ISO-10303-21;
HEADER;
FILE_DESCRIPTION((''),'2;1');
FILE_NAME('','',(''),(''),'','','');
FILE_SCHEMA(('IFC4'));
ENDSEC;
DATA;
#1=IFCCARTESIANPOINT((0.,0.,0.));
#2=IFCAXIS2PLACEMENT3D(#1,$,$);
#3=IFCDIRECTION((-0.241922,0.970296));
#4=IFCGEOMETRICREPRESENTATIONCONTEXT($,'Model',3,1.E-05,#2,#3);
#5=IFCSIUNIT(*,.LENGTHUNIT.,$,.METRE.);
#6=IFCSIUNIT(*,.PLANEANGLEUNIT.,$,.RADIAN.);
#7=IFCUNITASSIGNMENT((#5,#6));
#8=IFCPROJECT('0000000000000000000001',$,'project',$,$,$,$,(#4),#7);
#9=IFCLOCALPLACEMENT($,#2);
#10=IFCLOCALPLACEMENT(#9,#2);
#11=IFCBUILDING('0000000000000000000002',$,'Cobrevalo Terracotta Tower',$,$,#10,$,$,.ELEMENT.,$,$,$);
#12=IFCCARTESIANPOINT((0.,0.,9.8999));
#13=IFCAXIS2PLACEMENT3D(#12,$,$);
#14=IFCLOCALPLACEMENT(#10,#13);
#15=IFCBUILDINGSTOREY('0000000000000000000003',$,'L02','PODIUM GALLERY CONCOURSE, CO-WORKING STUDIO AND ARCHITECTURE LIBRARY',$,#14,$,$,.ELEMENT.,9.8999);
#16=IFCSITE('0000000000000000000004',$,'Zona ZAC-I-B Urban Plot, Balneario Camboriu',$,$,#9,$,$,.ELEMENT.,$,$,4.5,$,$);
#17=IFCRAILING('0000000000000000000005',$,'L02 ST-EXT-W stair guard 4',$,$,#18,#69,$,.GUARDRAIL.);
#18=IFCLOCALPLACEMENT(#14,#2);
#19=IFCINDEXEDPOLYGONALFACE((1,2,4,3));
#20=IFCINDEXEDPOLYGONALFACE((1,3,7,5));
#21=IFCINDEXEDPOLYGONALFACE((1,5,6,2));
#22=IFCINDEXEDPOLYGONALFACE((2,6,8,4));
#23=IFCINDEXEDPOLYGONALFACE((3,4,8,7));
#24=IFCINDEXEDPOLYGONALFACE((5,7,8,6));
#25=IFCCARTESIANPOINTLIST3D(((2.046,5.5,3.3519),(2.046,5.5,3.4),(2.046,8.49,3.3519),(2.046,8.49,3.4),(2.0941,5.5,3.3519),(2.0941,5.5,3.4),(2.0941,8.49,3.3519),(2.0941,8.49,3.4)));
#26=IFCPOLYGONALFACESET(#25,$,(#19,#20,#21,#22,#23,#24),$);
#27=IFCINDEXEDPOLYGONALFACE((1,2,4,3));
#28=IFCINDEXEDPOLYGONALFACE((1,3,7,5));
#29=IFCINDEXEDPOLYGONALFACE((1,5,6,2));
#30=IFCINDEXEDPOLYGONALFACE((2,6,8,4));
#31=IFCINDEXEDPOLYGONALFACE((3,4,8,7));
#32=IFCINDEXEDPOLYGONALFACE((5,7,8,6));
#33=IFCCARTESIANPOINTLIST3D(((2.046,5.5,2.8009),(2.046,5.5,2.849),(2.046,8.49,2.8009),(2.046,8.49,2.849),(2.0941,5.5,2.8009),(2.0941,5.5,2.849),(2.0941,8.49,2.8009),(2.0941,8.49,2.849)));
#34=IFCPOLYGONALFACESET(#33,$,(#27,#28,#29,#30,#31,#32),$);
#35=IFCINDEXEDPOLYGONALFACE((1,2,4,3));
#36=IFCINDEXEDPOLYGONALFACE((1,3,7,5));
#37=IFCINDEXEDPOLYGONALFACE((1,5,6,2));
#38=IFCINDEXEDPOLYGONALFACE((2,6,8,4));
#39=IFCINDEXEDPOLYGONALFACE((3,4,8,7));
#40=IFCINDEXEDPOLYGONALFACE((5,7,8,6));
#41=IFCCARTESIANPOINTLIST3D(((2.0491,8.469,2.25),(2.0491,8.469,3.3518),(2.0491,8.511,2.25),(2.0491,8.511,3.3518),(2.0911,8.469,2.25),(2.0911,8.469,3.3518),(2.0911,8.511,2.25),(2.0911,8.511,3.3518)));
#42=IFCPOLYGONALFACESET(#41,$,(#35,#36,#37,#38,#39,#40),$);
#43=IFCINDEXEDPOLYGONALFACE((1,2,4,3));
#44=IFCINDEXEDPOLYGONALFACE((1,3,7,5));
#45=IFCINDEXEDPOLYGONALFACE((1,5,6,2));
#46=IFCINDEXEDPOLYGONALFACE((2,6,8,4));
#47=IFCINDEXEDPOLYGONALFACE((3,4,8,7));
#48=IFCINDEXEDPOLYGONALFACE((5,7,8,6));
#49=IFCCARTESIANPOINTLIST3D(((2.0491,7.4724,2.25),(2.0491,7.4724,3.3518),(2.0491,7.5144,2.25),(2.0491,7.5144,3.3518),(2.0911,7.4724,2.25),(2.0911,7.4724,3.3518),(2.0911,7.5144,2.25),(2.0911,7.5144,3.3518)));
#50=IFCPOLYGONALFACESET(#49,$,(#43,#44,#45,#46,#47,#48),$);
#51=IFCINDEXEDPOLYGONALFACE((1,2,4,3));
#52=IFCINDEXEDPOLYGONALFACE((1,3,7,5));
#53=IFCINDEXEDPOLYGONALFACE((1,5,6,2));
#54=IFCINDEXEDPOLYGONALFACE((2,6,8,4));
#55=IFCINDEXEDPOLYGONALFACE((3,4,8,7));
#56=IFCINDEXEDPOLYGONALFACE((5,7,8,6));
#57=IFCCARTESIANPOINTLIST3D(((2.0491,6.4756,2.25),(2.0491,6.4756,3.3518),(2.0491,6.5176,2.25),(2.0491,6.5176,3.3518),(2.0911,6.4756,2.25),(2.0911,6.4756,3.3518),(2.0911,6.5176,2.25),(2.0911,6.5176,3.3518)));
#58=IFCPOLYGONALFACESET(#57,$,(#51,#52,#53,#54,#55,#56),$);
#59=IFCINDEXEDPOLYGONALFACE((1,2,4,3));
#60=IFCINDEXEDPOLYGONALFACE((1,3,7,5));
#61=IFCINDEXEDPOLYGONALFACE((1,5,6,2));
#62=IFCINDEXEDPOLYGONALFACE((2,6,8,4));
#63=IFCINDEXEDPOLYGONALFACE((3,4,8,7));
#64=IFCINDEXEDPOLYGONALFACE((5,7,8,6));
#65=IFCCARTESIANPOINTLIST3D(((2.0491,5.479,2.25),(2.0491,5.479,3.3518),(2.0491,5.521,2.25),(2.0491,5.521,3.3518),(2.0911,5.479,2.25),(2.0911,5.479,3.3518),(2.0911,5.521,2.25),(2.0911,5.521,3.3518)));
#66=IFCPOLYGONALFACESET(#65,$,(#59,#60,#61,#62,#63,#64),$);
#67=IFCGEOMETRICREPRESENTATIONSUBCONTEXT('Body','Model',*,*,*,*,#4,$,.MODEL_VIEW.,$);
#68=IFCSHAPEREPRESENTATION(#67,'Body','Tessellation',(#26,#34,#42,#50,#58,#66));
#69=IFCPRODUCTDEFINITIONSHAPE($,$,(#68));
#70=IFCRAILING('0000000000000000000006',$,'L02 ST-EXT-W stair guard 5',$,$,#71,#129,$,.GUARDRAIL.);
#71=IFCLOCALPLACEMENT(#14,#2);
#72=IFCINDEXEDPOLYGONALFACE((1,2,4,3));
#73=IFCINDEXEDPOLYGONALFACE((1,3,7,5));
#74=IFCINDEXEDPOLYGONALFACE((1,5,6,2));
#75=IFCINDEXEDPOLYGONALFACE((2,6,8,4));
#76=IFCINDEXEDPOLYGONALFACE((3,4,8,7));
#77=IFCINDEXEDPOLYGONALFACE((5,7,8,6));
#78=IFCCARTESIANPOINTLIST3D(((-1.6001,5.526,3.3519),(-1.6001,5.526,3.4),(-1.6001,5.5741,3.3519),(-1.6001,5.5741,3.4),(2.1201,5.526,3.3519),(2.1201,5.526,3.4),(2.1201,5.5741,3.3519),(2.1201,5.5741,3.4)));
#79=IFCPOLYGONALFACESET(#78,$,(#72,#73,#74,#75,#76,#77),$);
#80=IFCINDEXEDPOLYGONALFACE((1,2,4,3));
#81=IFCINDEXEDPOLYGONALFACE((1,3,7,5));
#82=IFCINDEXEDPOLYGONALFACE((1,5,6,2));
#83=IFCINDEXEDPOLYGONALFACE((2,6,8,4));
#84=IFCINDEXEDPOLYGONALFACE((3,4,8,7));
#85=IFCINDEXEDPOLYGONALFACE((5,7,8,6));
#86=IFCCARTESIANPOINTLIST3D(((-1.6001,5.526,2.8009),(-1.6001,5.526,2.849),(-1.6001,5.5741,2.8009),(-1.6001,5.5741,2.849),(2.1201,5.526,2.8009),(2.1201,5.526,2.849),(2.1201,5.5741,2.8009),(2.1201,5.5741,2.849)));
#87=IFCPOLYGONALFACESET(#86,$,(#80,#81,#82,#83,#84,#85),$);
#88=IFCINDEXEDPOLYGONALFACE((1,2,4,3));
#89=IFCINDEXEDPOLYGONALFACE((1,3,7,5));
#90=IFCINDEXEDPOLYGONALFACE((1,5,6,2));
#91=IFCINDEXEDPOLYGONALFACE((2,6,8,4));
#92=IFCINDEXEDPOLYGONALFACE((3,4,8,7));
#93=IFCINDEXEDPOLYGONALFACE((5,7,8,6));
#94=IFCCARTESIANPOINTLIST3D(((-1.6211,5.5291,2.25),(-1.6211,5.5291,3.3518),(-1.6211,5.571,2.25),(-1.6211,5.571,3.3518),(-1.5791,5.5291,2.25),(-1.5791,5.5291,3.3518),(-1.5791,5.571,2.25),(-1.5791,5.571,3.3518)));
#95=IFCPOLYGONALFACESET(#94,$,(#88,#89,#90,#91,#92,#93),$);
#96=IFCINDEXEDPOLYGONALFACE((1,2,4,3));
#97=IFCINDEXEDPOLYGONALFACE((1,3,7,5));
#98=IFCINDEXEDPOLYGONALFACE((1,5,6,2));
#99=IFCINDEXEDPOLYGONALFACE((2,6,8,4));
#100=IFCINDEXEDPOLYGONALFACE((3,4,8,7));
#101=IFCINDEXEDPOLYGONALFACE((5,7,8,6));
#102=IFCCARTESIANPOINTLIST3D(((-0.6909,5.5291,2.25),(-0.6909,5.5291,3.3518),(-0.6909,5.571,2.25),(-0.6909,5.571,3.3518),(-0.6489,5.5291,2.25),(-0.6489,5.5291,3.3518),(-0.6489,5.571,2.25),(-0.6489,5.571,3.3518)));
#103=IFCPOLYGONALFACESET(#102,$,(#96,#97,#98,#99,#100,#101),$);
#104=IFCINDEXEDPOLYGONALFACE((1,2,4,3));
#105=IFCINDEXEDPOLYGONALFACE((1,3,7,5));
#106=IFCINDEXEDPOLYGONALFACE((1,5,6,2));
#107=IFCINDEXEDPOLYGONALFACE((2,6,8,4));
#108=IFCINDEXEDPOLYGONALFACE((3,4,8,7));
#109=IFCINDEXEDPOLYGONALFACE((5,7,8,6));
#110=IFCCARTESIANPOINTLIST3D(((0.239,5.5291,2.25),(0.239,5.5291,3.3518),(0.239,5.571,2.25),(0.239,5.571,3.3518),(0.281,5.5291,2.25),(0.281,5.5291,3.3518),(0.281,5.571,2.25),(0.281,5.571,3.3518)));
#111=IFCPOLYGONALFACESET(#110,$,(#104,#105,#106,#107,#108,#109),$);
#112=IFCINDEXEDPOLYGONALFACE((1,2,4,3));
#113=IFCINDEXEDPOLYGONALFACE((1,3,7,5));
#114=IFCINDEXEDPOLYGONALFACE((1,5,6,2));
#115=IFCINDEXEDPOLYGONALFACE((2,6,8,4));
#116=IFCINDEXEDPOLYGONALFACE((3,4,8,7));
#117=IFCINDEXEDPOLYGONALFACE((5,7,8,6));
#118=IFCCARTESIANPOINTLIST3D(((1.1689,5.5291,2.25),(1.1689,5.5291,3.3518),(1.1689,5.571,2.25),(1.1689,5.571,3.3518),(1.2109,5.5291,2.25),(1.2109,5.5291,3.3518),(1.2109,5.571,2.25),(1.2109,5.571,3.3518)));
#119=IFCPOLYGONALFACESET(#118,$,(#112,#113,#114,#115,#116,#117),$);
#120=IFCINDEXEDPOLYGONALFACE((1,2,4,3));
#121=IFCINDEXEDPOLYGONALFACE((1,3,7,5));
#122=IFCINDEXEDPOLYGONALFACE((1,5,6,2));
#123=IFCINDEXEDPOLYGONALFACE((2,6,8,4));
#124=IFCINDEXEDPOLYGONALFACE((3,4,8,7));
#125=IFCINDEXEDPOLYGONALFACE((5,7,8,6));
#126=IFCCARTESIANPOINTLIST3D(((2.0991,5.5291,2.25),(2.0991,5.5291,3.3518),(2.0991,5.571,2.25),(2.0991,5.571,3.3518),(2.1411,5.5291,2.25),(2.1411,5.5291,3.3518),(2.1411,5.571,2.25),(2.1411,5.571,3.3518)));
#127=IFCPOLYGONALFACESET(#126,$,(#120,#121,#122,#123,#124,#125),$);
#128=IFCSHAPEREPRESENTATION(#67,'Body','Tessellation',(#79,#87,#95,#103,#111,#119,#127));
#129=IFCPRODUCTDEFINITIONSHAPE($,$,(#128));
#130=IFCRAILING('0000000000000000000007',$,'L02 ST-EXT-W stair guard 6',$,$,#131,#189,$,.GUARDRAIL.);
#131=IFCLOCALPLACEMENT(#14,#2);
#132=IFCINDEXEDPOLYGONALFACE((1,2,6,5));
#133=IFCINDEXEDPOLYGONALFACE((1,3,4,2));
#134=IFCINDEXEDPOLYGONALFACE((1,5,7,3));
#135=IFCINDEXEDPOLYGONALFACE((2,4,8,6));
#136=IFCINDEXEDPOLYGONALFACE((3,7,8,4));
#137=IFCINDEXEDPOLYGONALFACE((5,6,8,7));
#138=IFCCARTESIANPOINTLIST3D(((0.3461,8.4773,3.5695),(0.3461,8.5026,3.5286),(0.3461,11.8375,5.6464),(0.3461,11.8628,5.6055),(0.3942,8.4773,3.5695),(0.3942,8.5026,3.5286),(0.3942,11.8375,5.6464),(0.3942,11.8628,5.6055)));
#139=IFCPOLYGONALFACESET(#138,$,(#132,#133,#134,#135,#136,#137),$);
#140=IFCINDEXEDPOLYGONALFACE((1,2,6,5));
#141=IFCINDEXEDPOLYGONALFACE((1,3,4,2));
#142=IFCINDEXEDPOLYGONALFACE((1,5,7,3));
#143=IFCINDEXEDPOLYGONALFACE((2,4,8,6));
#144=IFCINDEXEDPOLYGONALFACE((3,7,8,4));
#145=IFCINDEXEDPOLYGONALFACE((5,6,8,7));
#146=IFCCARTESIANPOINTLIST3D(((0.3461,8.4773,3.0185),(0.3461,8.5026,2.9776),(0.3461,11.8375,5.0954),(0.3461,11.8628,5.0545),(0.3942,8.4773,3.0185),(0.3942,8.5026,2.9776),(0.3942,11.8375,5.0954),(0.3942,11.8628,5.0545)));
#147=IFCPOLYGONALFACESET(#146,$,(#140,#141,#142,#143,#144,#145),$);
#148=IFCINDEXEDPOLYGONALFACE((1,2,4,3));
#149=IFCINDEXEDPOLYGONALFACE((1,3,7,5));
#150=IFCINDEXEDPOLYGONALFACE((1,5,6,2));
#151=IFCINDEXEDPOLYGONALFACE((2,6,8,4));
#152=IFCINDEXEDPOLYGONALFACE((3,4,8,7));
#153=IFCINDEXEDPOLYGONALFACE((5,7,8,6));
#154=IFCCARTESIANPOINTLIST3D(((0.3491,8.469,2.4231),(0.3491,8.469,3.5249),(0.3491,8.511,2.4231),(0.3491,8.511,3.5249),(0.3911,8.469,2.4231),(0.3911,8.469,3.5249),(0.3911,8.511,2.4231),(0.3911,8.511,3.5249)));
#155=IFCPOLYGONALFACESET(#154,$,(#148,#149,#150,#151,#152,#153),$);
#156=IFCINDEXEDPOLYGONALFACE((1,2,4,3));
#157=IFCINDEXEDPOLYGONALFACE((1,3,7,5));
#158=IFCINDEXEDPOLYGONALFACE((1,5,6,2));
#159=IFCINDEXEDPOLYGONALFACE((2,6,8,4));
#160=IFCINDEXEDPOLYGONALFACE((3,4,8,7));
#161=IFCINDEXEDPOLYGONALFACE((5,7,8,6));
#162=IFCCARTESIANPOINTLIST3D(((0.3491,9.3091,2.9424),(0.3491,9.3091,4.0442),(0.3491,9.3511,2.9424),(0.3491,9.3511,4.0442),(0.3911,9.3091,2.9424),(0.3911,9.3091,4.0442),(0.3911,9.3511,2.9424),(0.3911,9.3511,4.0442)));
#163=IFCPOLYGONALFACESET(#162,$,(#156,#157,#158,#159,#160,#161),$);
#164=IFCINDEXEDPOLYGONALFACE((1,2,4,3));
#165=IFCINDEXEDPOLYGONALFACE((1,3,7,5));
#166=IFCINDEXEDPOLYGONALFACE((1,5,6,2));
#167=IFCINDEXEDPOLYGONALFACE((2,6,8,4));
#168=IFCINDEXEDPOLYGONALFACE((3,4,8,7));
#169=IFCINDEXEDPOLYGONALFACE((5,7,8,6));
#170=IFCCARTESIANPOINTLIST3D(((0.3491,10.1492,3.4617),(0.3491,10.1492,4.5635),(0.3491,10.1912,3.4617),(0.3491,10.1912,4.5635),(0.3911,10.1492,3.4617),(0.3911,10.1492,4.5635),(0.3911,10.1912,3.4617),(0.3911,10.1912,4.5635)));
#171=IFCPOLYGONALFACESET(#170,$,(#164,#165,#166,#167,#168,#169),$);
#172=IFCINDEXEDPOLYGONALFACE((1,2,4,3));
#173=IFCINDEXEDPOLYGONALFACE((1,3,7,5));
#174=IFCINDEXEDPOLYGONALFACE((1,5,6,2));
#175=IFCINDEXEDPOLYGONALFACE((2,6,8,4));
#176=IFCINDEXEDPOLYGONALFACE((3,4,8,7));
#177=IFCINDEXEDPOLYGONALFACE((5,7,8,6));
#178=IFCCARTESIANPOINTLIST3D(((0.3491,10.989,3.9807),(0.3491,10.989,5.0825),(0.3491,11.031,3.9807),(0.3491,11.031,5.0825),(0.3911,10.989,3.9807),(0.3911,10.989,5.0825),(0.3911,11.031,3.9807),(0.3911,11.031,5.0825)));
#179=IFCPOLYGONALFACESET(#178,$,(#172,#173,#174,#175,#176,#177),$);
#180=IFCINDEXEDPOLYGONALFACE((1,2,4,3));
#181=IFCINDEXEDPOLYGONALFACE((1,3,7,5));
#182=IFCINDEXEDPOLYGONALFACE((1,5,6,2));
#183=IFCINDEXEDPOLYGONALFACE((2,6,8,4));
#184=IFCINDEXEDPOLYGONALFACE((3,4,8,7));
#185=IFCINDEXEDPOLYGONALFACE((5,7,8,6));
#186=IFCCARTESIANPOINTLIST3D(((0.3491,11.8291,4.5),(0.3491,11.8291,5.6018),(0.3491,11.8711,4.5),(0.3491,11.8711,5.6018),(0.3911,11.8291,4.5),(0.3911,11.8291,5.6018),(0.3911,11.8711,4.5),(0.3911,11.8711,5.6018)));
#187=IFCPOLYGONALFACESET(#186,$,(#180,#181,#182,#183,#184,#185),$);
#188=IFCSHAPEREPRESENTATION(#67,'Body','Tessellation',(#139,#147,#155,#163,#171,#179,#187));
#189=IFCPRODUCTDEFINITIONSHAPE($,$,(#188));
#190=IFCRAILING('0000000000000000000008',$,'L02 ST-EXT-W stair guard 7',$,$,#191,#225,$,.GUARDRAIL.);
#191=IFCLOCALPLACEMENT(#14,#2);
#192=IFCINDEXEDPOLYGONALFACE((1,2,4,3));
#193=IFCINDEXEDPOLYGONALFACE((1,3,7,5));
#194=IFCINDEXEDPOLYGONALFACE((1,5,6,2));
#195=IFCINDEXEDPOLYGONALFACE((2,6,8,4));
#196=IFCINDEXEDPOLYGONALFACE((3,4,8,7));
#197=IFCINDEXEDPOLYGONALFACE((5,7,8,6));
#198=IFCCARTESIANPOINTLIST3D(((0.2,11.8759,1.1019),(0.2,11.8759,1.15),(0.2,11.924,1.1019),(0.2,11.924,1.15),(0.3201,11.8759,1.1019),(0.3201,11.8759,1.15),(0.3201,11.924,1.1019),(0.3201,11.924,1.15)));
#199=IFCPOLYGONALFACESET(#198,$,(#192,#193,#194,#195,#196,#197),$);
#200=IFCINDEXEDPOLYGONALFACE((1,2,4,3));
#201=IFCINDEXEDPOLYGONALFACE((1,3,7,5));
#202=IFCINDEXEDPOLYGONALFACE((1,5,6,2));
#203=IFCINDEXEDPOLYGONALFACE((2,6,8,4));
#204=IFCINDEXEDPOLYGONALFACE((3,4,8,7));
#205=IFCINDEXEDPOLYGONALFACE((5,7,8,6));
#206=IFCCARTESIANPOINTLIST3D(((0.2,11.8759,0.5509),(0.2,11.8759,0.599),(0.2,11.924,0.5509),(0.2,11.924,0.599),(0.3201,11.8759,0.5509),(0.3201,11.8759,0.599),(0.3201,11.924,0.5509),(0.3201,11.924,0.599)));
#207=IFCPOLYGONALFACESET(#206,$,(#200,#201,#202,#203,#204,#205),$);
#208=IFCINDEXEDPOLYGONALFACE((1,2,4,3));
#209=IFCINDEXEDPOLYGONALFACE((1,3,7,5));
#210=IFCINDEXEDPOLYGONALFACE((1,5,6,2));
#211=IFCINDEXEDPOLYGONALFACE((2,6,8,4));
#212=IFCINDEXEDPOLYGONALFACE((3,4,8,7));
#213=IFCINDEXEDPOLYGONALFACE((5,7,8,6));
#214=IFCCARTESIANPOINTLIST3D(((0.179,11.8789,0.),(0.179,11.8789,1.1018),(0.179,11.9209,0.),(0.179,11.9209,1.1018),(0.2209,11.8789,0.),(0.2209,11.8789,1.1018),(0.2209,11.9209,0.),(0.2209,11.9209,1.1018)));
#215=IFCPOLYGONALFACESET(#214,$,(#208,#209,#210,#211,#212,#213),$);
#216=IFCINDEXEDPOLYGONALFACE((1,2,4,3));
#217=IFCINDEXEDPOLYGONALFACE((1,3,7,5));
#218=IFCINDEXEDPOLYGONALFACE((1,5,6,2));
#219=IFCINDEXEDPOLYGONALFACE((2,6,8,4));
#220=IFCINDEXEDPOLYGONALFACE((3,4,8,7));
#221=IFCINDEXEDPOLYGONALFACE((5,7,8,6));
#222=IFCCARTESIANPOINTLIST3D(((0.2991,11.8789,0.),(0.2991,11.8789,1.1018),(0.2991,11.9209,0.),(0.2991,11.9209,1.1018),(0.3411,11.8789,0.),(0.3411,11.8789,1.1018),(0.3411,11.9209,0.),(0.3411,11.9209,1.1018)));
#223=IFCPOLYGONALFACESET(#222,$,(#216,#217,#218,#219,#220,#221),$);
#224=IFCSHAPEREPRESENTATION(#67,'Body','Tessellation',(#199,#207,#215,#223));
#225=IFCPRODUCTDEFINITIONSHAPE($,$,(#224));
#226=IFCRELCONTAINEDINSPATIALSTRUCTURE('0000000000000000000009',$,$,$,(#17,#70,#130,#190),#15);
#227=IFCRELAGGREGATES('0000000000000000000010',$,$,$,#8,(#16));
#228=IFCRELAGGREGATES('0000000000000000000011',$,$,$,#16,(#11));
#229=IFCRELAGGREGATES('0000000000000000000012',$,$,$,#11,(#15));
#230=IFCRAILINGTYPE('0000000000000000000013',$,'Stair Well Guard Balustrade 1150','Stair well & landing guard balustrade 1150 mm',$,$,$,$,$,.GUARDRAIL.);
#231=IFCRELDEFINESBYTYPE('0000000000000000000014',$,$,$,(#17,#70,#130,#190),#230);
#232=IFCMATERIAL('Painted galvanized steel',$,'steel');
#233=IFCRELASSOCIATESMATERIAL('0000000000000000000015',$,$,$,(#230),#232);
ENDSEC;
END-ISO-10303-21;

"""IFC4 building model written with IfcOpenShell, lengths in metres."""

from ifc_helpers import new_model, si_unit, direction, frame, origin, origin_2d, place, context, subcontext, project, spatial, rectangle, extrude, material, type_object, element, save


model = new_model("IFC4")

# Units and contexts
model_context = context("Model", 3, precision=1e-05, world=origin(), true_north=direction((-0.241922, 0.970296)))
body_context = subcontext(model_context, "Body", "Model", "MODEL_VIEW")
ifc_project = project(units=[si_unit("LENGTHUNIT", "METRE"), si_unit("PLANEANGLEUNIT", "RADIAN")], contexts=[model_context])

# Site, building, storey
site_placement = place(None, origin())
site = spatial("IfcSite", under=ifc_project, at=site_placement, Name="Zona ZAC-I-B Urban Plot, Balneario Camboriu", CompositionType="ELEMENT", RefElevation=4.5)
building_placement = place(site_placement, origin())
building = spatial("IfcBuilding", under=site, at=building_placement, Name="Cobrevalo Terracotta Tower", CompositionType="ELEMENT")
storey_placement = place(building_placement, frame((0.0, 0.0, 9.8999)))
storey = spatial("IfcBuildingStorey", under=building, at=storey_placement, Name="L02", Description="PODIUM GALLERY CONCOURSE, CO-WORKING STUDIO AND ARCHITECTURE LIBRARY", CompositionType="ELEMENT", Elevation=9.8999)

# Railings
ifc_material_1 = material(Name="Painted galvanized steel", Category="steel")
railing_type_1 = type_object("IfcRailingType", Name="Stair Well Guard Balustrade 1150", Description="Stair well & landing guard balustrade 1150 mm", PredefinedType="GUARDRAIL", material=ifc_material_1)
for number, where, name in (
    (1, (2.0701, 8.49, 2.25), "L02 ST-EXT-W stair guard 4"),
):
    element("IfcRailing", number, at=place(storey_placement, frame(where)), inside=storey, type_object=railing_type_1, Name=name, PredefinedType="GUARDRAIL", context=body_context, shape_type="SweptSolid", body=[
        extrude(rectangle(XDim=0.0481, YDim=0.0481, at=origin_2d()), frame((0.0, 0.0, 1.126), z_axis=(0.0, -1.0, 0.0), x_axis=(1.0, 0.0, 0.0)), (0.0, 0.0, 1.0), 2.99),
        extrude(rectangle(XDim=0.0481, YDim=0.0481, at=origin_2d()), frame((0.0, 0.0, 0.575), z_axis=(0.0, -1.0, 0.0), x_axis=(1.0, 0.0, 0.0)), (0.0, 0.0, 1.0), 2.99),
        extrude(rectangle(XDim=0.042, YDim=0.042, at=origin_2d()), origin(), (0.0, 0.0, 1.0), 1.1018),
        extrude(rectangle(XDim=0.042, YDim=0.042, at=origin_2d()), frame((0.0, -0.9966, 0.0)), (0.0, 0.0, 1.0), 1.1018),
        extrude(rectangle(XDim=0.042, YDim=0.042, at=origin_2d()), frame((0.0, -1.9934, 0.0)), (0.0, 0.0, 1.0), 1.1018),
        extrude(rectangle(XDim=0.042, YDim=0.042, at=origin_2d()), frame((0.0, -2.99, 0.0)), (0.0, 0.0, 1.0), 1.1018),
    ])
railing_1_placement = place(storey_placement, frame((-1.6001, 5.55, 2.25)))
element("IfcRailing", 2, at=railing_1_placement, inside=storey, type_object=railing_type_1, Name="L02 ST-EXT-W stair guard 5", PredefinedType="GUARDRAIL", context=body_context, shape_type="SweptSolid", body=[
    extrude(rectangle(XDim=0.0481, YDim=0.0481, at=origin_2d()), frame((0.0, 0.0, 1.126), z_axis=(1.0, 0.0, 0.0), x_axis=(0.0, 1.0, 0.0)), (0.0, 0.0, 1.0), 3.7202),
    extrude(rectangle(XDim=0.0481, YDim=0.0481, at=origin_2d()), frame((0.0, 0.0, 0.575), z_axis=(1.0, 0.0, 0.0), x_axis=(0.0, 1.0, 0.0)), (0.0, 0.0, 1.0), 3.7202),
    extrude(rectangle(XDim=0.042, YDim=0.042, at=origin_2d()), origin(), (0.0, 0.0, 1.0), 1.1018),
    extrude(rectangle(XDim=0.042, YDim=0.042, at=origin_2d()), frame((0.9302, 0.0, 0.0)), (0.0, 0.0, 1.0), 1.1018),
    extrude(rectangle(XDim=0.042, YDim=0.042, at=origin_2d()), frame((1.8601, 0.0, 0.0)), (0.0, 0.0, 1.0), 1.1018),
    extrude(rectangle(XDim=0.042, YDim=0.042, at=origin_2d()), frame((2.79, 0.0, 0.0)), (0.0, 0.0, 1.0), 1.1018),
    extrude(rectangle(XDim=0.042, YDim=0.042, at=origin_2d()), frame((3.7202, 0.0, 0.0)), (0.0, 0.0, 1.0), 1.1018),
])
railing_2_placement = place(storey_placement, frame((0.3701, 8.49, 2.4231)))
element("IfcRailing", 3, at=railing_2_placement, inside=storey, type_object=railing_type_1, Name="L02 ST-EXT-W stair guard 6", PredefinedType="GUARDRAIL", context=body_context, shape_type="SweptSolid", body=[
    extrude(rectangle(XDim=0.0481, YDim=0.0481, at=origin_2d()), frame((0.0, 0.0, 1.126), z_axis=(0.0, 0.850623, 0.525776), x_axis=(-1.0, 0.0, 0.0)), (0.0, 0.0, 1.0), 3.9502),
    extrude(rectangle(XDim=0.0481, YDim=0.0481, at=origin_2d()), frame((0.0, 0.0, 0.575), z_axis=(0.0, 0.850623, 0.525776), x_axis=(-1.0, 0.0, 0.0)), (0.0, 0.0, 1.0), 3.9502),
    extrude(rectangle(XDim=0.042, YDim=0.042, at=origin_2d()), origin(), (0.0, 0.0, 1.0), 1.1018),
    extrude(rectangle(XDim=0.042, YDim=0.042, at=origin_2d()), frame((0.0, 0.8401, 0.5193)), (0.0, 0.0, 1.0), 1.1018),
    extrude(rectangle(XDim=0.042, YDim=0.042, at=origin_2d()), frame((0.0, 1.6802, 1.0386)), (0.0, 0.0, 1.0), 1.1018),
    extrude(rectangle(XDim=0.042, YDim=0.042, at=origin_2d()), frame((0.0, 2.52, 1.5576)), (0.0, 0.0, 1.0), 1.1018),
    extrude(rectangle(XDim=0.042, YDim=0.042, at=origin_2d()), frame((0.0, 3.3601, 2.0769)), (0.0, 0.0, 1.0), 1.1018),
])
railing_3_placement = place(storey_placement, frame((0.2, 11.8999, 0.0)))
element("IfcRailing", 4, at=railing_3_placement, inside=storey, type_object=railing_type_1, Name="L02 ST-EXT-W stair guard 7", PredefinedType="GUARDRAIL", context=body_context, shape_type="SweptSolid", body=[
    extrude(rectangle(XDim=0.0481, YDim=0.0481, at=origin_2d()), frame((0.0, 0.0, 1.126), z_axis=(1.0, 0.0, 0.0), x_axis=(0.0, 1.0, 0.0)), (0.0, 0.0, 1.0), 0.1201),
    extrude(rectangle(XDim=0.0481, YDim=0.0481, at=origin_2d()), frame((0.0, 0.0, 0.575), z_axis=(1.0, 0.0, 0.0), x_axis=(0.0, 1.0, 0.0)), (0.0, 0.0, 1.0), 0.1201),
    extrude(rectangle(XDim=0.042, YDim=0.042, at=origin_2d()), origin(), (0.0, 0.0, 1.0), 1.1018),
    extrude(rectangle(XDim=0.042, YDim=0.042, at=origin_2d()), frame((0.1201, 0.0, 0.0)), (0.0, 0.0, 1.0), 1.1018),
])

save(model, "model.ifc")
